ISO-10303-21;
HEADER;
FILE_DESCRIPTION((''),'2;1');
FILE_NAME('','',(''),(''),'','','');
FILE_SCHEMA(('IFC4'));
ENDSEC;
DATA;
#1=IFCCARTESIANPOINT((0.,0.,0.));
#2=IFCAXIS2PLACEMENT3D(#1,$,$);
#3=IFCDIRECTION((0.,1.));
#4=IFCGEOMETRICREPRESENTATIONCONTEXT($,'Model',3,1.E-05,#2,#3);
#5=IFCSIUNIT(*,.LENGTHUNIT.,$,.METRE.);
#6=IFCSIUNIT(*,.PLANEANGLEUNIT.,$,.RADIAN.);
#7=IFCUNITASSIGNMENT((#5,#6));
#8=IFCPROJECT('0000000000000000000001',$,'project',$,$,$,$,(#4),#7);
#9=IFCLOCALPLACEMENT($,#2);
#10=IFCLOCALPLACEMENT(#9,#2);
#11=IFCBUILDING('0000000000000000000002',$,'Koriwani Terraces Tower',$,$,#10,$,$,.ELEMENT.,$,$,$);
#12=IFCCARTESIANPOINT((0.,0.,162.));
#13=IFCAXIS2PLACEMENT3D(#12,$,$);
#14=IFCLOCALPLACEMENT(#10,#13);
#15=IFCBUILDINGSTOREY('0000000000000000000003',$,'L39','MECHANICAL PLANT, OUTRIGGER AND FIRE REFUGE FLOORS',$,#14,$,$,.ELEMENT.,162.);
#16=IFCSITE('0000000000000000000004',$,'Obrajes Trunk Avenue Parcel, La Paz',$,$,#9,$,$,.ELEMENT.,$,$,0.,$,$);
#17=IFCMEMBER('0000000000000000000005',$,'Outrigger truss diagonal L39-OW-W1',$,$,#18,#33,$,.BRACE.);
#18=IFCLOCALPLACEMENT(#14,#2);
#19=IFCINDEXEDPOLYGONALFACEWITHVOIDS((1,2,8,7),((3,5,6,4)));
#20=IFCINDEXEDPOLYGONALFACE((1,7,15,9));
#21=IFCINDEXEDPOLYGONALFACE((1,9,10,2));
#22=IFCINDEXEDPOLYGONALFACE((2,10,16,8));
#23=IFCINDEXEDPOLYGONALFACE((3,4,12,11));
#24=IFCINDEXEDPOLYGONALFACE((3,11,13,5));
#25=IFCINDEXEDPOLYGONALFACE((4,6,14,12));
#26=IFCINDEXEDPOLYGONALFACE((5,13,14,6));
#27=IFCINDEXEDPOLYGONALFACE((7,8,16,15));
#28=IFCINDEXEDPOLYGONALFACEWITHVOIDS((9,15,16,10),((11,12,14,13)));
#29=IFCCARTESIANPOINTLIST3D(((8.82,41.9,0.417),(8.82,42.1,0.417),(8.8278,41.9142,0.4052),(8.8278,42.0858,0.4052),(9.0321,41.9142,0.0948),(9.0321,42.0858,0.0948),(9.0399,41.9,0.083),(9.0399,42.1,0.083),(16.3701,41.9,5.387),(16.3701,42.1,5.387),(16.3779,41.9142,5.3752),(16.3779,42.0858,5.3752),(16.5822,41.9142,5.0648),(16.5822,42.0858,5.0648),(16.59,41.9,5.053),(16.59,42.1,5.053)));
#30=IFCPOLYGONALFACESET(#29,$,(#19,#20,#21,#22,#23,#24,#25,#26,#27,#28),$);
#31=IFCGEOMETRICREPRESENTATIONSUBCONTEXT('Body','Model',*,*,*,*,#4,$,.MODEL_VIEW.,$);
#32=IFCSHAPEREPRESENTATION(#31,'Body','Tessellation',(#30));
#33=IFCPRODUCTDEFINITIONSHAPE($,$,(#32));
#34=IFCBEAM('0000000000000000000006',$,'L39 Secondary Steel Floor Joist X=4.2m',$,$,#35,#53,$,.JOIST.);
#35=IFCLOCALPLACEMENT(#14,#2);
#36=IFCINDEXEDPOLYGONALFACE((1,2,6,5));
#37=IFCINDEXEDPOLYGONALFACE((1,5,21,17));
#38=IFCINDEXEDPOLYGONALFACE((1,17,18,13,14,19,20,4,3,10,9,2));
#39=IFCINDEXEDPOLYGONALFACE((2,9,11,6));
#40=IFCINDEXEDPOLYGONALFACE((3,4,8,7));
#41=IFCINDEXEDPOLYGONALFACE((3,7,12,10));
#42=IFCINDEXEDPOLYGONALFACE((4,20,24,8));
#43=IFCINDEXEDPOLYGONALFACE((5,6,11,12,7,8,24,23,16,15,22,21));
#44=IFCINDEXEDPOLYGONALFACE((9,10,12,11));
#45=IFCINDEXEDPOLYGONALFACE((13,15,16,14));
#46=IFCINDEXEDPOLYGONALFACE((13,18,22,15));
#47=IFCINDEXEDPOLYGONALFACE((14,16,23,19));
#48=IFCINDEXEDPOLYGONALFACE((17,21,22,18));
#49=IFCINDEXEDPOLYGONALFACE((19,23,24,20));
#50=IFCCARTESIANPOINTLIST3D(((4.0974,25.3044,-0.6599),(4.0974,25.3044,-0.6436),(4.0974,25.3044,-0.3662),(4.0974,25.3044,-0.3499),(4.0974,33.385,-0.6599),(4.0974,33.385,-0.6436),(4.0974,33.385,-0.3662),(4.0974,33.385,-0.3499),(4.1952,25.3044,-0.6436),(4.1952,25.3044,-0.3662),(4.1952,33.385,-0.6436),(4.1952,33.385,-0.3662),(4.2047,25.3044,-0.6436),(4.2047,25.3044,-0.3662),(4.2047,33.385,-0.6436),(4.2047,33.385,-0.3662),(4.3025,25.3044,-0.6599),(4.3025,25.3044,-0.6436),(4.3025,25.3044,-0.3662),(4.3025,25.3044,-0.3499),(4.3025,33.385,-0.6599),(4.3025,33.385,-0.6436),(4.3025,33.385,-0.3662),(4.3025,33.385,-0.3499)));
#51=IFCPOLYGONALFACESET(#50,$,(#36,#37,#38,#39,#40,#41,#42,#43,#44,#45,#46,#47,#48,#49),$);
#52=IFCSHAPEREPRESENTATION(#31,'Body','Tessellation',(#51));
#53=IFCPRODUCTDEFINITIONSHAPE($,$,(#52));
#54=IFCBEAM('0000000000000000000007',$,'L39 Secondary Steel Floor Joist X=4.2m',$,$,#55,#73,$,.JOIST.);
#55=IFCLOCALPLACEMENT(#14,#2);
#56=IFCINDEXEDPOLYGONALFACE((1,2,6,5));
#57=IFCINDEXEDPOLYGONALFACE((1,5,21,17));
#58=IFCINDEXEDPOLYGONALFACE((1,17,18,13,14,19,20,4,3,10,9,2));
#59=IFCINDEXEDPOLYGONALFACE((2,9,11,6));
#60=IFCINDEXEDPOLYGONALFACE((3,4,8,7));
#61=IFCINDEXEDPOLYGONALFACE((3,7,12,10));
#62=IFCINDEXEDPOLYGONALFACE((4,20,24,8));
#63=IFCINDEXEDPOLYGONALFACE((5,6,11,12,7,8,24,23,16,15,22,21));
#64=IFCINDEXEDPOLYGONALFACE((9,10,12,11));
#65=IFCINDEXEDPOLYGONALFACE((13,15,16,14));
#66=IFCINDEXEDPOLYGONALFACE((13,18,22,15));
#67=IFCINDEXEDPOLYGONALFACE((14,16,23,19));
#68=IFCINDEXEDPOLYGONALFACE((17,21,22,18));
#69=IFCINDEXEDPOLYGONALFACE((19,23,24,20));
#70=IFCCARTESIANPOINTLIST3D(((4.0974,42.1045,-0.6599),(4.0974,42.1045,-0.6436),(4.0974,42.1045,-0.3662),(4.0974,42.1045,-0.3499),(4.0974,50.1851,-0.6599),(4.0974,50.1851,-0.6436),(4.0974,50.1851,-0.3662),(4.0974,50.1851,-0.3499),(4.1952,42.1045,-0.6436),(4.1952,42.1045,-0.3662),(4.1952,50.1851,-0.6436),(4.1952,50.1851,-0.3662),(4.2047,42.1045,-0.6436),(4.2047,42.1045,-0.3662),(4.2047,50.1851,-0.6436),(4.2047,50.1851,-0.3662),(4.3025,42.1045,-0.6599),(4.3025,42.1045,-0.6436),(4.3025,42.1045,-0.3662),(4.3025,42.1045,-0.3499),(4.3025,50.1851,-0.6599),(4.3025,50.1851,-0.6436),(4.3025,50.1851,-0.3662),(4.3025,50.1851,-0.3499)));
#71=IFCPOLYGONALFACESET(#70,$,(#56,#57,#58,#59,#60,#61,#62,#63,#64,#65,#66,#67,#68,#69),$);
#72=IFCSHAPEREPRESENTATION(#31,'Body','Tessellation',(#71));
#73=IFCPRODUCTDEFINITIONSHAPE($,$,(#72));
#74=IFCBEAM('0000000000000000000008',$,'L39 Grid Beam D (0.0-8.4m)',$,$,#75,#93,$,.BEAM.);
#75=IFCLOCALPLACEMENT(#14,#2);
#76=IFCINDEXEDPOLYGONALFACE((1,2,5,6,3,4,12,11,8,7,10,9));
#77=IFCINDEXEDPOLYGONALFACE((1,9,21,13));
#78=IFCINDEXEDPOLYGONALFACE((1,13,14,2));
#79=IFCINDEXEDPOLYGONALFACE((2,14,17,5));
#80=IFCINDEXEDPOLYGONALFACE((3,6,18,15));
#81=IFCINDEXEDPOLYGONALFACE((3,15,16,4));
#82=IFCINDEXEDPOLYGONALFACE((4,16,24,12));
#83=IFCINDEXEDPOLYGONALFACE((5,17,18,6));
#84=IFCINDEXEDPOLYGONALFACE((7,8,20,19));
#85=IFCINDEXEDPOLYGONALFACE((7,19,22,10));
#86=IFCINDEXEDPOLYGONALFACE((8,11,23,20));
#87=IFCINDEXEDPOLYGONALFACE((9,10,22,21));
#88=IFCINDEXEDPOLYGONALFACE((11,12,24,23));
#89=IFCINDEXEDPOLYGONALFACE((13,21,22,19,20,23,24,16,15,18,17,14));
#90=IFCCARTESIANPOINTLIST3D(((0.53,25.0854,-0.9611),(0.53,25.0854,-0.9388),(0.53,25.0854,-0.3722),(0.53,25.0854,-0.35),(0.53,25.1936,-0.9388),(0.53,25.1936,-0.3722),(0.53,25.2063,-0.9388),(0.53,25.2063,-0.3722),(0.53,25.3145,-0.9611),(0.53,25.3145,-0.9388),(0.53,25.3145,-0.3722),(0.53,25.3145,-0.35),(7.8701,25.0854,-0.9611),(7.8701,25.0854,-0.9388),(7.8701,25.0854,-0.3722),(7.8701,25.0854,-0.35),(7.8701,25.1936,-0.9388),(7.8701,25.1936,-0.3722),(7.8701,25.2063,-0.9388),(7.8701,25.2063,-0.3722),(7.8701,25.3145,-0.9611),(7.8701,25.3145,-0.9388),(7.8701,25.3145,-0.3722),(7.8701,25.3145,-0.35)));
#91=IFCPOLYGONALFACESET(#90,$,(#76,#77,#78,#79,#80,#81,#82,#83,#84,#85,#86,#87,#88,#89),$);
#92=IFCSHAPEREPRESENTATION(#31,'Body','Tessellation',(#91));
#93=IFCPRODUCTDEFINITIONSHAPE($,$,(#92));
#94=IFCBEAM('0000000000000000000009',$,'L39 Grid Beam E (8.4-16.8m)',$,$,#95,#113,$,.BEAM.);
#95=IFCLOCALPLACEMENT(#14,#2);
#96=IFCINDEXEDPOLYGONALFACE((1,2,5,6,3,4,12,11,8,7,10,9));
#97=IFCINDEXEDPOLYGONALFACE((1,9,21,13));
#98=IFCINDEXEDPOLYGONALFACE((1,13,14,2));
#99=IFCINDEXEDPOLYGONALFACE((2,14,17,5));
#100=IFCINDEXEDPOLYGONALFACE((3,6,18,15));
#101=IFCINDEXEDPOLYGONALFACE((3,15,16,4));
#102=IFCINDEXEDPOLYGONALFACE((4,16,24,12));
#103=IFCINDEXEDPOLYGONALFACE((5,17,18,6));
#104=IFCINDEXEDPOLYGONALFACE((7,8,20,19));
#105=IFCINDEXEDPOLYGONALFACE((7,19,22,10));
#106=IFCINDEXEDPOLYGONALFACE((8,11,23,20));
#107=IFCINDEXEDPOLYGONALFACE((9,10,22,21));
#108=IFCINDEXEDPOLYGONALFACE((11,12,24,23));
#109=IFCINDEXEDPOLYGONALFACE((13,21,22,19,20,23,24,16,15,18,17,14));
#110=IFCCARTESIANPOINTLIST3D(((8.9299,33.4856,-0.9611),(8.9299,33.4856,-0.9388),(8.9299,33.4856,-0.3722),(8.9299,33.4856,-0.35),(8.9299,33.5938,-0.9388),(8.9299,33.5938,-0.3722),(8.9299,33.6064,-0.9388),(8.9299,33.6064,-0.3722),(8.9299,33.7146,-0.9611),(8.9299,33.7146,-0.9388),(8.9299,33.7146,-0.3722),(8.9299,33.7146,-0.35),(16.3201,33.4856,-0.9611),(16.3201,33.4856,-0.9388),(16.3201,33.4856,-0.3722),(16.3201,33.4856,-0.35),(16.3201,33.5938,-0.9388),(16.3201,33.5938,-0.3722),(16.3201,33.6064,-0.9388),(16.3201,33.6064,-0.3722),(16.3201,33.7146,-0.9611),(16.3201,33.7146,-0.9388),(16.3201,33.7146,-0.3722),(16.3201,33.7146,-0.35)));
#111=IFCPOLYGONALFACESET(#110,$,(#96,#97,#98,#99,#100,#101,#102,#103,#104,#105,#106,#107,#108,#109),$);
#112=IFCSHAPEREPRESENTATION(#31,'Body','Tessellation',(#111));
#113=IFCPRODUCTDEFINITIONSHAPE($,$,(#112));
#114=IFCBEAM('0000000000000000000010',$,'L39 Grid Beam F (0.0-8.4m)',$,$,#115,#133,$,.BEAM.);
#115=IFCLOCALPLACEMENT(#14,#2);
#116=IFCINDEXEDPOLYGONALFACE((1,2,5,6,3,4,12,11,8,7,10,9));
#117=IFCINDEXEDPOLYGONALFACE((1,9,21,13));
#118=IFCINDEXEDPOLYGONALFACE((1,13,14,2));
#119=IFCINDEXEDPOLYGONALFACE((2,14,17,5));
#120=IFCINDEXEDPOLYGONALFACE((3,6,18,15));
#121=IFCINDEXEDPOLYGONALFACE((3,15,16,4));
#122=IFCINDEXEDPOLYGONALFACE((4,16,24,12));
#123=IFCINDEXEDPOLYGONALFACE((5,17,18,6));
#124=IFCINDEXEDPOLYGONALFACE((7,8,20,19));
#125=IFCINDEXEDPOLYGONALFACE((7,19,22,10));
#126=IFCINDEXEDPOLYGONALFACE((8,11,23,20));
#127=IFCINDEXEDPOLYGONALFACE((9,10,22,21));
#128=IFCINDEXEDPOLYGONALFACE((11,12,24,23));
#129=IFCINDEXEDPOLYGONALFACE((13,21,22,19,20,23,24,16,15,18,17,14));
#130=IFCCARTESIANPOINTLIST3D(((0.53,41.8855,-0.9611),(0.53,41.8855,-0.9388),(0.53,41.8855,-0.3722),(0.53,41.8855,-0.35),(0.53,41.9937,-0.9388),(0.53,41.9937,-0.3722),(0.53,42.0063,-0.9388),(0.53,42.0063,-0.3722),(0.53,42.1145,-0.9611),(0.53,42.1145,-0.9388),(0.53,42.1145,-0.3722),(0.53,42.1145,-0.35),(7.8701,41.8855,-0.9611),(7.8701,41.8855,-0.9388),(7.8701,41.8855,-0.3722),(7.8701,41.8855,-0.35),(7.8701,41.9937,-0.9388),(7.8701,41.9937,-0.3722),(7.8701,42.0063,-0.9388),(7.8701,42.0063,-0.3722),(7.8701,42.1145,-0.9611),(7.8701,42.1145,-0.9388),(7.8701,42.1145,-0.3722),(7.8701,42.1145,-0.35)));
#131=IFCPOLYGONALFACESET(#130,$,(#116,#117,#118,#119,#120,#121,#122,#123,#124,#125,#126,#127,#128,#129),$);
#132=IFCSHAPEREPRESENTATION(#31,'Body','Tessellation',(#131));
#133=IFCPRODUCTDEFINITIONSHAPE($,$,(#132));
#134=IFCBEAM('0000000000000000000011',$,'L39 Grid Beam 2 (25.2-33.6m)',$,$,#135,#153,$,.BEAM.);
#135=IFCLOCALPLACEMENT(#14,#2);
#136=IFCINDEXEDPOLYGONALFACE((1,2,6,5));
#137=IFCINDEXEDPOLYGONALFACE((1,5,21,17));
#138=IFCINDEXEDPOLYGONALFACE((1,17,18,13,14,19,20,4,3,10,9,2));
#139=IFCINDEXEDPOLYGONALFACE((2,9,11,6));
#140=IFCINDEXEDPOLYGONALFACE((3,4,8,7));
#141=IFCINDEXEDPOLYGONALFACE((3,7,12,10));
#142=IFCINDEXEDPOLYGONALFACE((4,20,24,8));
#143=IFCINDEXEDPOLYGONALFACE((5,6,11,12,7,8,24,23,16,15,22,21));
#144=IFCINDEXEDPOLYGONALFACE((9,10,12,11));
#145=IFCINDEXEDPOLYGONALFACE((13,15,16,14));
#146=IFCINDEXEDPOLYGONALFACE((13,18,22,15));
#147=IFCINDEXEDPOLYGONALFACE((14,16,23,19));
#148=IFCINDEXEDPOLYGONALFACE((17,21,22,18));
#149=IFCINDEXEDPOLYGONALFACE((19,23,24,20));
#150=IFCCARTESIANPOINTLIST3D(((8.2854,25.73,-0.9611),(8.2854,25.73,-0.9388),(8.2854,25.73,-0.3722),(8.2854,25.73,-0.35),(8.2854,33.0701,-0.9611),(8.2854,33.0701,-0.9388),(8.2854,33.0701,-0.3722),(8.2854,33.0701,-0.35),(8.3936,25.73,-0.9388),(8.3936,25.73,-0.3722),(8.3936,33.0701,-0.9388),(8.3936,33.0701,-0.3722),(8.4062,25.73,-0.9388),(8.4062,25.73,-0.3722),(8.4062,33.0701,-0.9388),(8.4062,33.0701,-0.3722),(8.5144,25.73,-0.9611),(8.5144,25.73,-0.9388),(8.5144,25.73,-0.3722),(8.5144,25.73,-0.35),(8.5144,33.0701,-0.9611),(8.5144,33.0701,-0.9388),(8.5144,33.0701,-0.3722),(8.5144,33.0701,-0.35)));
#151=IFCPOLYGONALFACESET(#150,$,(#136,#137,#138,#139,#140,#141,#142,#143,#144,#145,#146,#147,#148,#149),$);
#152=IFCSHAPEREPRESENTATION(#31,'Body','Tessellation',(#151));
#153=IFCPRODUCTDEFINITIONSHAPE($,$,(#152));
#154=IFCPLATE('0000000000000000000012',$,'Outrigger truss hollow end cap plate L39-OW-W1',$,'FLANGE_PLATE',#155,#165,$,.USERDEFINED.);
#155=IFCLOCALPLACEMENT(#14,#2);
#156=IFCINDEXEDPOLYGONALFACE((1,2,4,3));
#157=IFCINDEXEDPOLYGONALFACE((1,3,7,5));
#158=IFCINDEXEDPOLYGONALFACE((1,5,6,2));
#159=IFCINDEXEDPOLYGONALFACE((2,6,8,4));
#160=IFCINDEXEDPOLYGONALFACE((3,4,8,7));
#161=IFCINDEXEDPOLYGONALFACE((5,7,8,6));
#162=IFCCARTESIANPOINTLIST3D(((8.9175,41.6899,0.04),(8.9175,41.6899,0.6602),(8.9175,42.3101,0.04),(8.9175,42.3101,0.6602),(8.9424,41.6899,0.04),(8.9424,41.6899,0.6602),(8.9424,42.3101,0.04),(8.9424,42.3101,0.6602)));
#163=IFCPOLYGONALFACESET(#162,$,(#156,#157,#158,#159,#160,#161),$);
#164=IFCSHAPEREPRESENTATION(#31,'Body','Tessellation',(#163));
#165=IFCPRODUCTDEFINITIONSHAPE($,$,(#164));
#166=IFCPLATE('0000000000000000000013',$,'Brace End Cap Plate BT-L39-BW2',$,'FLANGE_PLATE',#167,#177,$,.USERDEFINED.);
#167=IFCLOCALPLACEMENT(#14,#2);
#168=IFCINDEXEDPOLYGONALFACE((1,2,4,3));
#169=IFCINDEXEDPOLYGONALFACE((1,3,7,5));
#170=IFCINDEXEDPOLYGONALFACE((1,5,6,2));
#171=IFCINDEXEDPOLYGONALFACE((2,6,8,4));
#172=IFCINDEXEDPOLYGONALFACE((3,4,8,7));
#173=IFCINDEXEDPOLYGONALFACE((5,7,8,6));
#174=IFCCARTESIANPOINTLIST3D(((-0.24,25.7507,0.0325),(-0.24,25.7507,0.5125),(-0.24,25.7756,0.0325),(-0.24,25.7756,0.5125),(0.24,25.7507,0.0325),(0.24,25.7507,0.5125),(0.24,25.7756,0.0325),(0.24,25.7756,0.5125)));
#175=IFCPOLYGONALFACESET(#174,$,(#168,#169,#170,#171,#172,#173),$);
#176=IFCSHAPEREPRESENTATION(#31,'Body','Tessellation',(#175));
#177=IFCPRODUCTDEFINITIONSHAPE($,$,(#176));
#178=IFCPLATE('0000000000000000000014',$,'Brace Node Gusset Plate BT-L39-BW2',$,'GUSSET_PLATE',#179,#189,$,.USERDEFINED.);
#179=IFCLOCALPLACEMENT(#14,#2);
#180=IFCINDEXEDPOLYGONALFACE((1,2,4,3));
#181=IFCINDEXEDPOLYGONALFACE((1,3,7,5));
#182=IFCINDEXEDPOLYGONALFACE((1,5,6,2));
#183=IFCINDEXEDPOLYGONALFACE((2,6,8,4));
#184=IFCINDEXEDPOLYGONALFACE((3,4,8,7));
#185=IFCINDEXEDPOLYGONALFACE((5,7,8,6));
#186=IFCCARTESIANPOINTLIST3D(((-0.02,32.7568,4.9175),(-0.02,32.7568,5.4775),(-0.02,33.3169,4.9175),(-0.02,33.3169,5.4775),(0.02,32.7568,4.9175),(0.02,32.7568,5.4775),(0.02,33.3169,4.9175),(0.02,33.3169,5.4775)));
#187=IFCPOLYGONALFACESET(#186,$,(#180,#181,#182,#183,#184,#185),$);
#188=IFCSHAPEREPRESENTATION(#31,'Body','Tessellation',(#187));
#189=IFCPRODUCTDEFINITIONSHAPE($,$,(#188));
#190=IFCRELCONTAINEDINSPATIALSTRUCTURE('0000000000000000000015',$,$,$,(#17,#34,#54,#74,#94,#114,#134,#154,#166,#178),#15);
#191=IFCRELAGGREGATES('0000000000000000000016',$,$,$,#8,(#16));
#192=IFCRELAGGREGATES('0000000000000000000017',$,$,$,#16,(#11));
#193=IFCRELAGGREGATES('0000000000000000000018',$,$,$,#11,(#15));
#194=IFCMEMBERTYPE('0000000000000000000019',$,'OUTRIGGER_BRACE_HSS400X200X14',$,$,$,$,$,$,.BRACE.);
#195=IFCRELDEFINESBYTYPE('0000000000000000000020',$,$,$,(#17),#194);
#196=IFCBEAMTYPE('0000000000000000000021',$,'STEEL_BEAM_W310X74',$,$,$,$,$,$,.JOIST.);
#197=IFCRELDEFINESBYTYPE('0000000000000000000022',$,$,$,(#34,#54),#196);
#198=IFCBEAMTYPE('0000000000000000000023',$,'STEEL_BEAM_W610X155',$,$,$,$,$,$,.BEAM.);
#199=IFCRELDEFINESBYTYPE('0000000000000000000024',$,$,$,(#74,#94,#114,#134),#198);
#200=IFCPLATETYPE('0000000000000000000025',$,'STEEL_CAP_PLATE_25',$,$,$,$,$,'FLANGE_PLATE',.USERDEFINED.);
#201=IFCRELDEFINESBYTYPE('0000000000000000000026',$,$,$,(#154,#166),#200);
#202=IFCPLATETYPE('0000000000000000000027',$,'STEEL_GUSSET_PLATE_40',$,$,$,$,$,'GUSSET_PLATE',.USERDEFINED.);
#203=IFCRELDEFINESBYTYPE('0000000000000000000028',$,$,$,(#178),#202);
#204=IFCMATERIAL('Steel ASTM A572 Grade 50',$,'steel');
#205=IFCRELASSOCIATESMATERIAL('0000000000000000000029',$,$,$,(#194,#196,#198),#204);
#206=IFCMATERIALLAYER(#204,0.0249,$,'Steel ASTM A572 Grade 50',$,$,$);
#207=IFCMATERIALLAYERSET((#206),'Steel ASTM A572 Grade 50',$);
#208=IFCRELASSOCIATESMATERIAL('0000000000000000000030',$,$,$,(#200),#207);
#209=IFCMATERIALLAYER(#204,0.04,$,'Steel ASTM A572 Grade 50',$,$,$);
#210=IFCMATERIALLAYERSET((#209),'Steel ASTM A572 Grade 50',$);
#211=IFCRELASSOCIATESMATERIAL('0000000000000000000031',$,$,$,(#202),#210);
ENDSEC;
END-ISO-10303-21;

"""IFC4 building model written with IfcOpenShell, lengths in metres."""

from ifc_helpers import new_model, si_unit, direction, frame, origin, origin_2d, place, context, subcontext, project, spatial, rectangle, hollow_rectangle, i_section, extrude, material, layer, layer_set, material_profile, profile_set, type_object, element, save


model = new_model("IFC4")

# Units and contexts
model_context = context("Model", 3, precision=1e-05, world=origin(), true_north=direction((0.0, 1.0)))
body_context = subcontext(model_context, "Body", "Model", "MODEL_VIEW")
ifc_project = project(units=[si_unit("LENGTHUNIT", "METRE"), si_unit("PLANEANGLEUNIT", "RADIAN")], contexts=[model_context])

# Site, building, storey
site_placement = place(None, origin())
site = spatial("IfcSite", under=ifc_project, at=site_placement, Name="Obrajes Trunk Avenue Parcel, La Paz", CompositionType="ELEMENT", RefElevation=0.0)
building_placement = place(site_placement, origin())
building = spatial("IfcBuilding", under=site, at=building_placement, Name="Koriwani Terraces Tower", CompositionType="ELEMENT")
storey_placement = place(building_placement, frame((0.0, 0.0, 162.0)))
storey = spatial("IfcBuildingStorey", under=building, at=storey_placement, Name="L39", Description="MECHANICAL PLANT, OUTRIGGER AND FIRE REFUGE FLOORS", CompositionType="ELEMENT", Elevation=162.0)

# Member
ifc_material_1 = material(Name="Steel ASTM A572 Grade 50", Category="steel")
ifc_material_profile_1 = material_profile(ifc_material_1, hollow_rectangle(XDim=0.2, YDim=0.3999, WallThickness=0.0142, at=origin_2d()), Name="Steel ASTM A572 Grade 50", Category="LoadBearing")
ifc_profile_set_1 = profile_set([ifc_material_profile_1], Name="Steel ASTM A572 Grade 50")
member_type_1 = type_object("IfcMemberType", Name="OUTRIGGER_BRACE_HSS400X200X14", PredefinedType="BRACE", material=ifc_profile_set_1)
member_1_placement = place(storey_placement, frame((8.9299, 42.0, 0.25), z_axis=(0.835273, 0.0, 0.549835), x_axis=(0.0, 1.0, 0.0)))
element("IfcMember", 1, at=member_1_placement, inside=storey, type_object=member_type_1, Name="Outrigger truss diagonal L39-OW-W1", PredefinedType="BRACE", context=body_context, shape_type="SweptSolid", body=[
    extrude(hollow_rectangle(XDim=0.2, YDim=0.3999, WallThickness=0.0142, at=origin_2d()), origin(), (0.0, 0.0, 1.0), 9.0391),
])

# Beams
ifc_material_profile_2 = material_profile(ifc_material_1, i_section(OverallWidth=0.2051, OverallDepth=0.3101, WebThickness=0.0095, FlangeThickness=0.0164, at=origin_2d()), Name="Steel ASTM A572 Grade 50", Category="LoadBearing")
ifc_profile_set_2 = profile_set([ifc_material_profile_2], Name="Steel ASTM A572 Grade 50")
beam_type_1 = type_object("IfcBeamType", Name="STEEL_BEAM_W310X74", PredefinedType="JOIST", material=ifc_profile_set_2)
for number, where, z_axis, x_axis, name in (
    (2, (4.2, 25.3044, -0.5049), (0.0, 1.0, 0.0), (-1.0, 0.0, 0.0), "L39 Secondary Steel Floor Joist X=4.2m"),
    (3, (4.2, 42.1045, -0.5049), (0.0, 1.0, 0.0), (-1.0, 0.0, 0.0), "L39 Secondary Steel Floor Joist X=4.2m"),
):
    element("IfcBeam", number, at=place(storey_placement, frame(where, z_axis=z_axis, x_axis=x_axis)), inside=storey, type_object=beam_type_1, Name=name, PredefinedType="JOIST", context=body_context, shape_type="SweptSolid", body=[
        extrude(i_section(OverallWidth=0.2051, OverallDepth=0.3101, WebThickness=0.0095, FlangeThickness=0.0164, at=origin_2d()), origin(), (0.0, 0.0, 1.0), 8.0806),
    ])
ifc_material_profile_3 = material_profile(ifc_material_1, i_section(OverallWidth=0.229, OverallDepth=0.6111, WebThickness=0.0127, FlangeThickness=0.0222, at=origin_2d()), Name="Steel ASTM A572 Grade 50", Category="LoadBearing")
ifc_profile_set_3 = profile_set([ifc_material_profile_3], Name="Steel ASTM A572 Grade 50")
beam_type_2 = type_object("IfcBeamType", Name="STEEL_BEAM_W610X155", PredefinedType="BEAM", material=ifc_profile_set_3)
beam_1_placement = place(storey_placement, frame((0.53, 25.2, -0.6555), z_axis=(1.0, 0.0, 0.0), x_axis=(0.0, 1.0, 0.0)))
element("IfcBeam", 4, at=beam_1_placement, inside=storey, type_object=beam_type_2, Name="L39 Grid Beam D (0.0-8.4m)", PredefinedType="BEAM", context=body_context, shape_type="SweptSolid", body=[
    extrude(i_section(OverallWidth=0.229, OverallDepth=0.6111, WebThickness=0.0127, FlangeThickness=0.0222, at=origin_2d()), origin(), (0.0, 0.0, 1.0), 7.3401),
])
beam_2_placement = place(storey_placement, frame((8.9299, 33.6001, -0.6555), z_axis=(1.0, 0.0, 0.0), x_axis=(0.0, 1.0, 0.0)))
element("IfcBeam", 5, at=beam_2_placement, inside=storey, type_object=beam_type_2, Name="L39 Grid Beam E (8.4-16.8m)", PredefinedType="BEAM", context=body_context, shape_type="SweptSolid", body=[
    extrude(i_section(OverallWidth=0.229, OverallDepth=0.6111, WebThickness=0.0127, FlangeThickness=0.0222, at=origin_2d()), origin(), (0.0, 0.0, 1.0), 7.3901),
])
for number, where, z_axis, x_axis, name in (
    (6, (0.53, 42.0, -0.6555), (1.0, 0.0, 0.0), (0.0, 1.0, 0.0), "L39 Grid Beam F (0.0-8.4m)"),
    (7, (8.3999, 25.73, -0.6555), (0.0, 1.0, 0.0), (-1.0, 0.0, 0.0), "L39 Grid Beam 2 (25.2-33.6m)"),
):
    element("IfcBeam", number, at=place(storey_placement, frame(where, z_axis=z_axis, x_axis=x_axis)), inside=storey, type_object=beam_type_2, Name=name, PredefinedType="BEAM", context=body_context, shape_type="SweptSolid", body=[
        extrude(i_section(OverallWidth=0.229, OverallDepth=0.6111, WebThickness=0.0127, FlangeThickness=0.0222, at=origin_2d()), origin(), (0.0, 0.0, 1.0), 7.3401),
    ])

# Plates
ifc_layer_1 = layer(ifc_material_1, 0.0249, Name="Steel ASTM A572 Grade 50")
ifc_layer_set_1 = layer_set([ifc_layer_1], Name="Steel ASTM A572 Grade 50")
plate_type_1 = type_object("IfcPlateType", Name="STEEL_CAP_PLATE_25", ElementType="FLANGE_PLATE", PredefinedType="USERDEFINED", material=ifc_layer_set_1)
plate_1_placement = place(storey_placement, frame((8.9299, 42.0, 0.04), z_axis=(0.0, 0.0, 1.0), x_axis=(1.0, 0.0, 0.0)))
element("IfcPlate", 8, at=plate_1_placement, inside=storey, type_object=plate_type_1, Name="Outrigger truss hollow end cap plate L39-OW-W1", ObjectType="FLANGE_PLATE", PredefinedType="USERDEFINED", context=body_context, shape_type="SweptSolid", body=[
    extrude(rectangle(XDim=0.0249, YDim=0.6201, at=origin_2d()), origin(), (0.0, 0.0, 1.0), 0.6201),
])
plate_2_placement = place(storey_placement, frame((0.0, 25.7632, 0.0325), z_axis=(0.0, 0.0, 1.0), x_axis=(0.0, 1.0, 0.0)))
element("IfcPlate", 9, at=plate_2_placement, inside=storey, type_object=plate_type_1, Name="Brace End Cap Plate BT-L39-BW2", ObjectType="FLANGE_PLATE", PredefinedType="USERDEFINED", context=body_context, shape_type="SweptSolid", body=[
    extrude(rectangle(XDim=0.0249, YDim=0.48, at=origin_2d()), origin(), (0.0, 0.0, 1.0), 0.48),
])
ifc_layer_2 = layer(ifc_material_1, 0.04, Name="Steel ASTM A572 Grade 50")
ifc_layer_set_2 = layer_set([ifc_layer_2], Name="Steel ASTM A572 Grade 50")
plate_type_2 = type_object("IfcPlateType", Name="STEEL_GUSSET_PLATE_40", ElementType="GUSSET_PLATE", PredefinedType="USERDEFINED", material=ifc_layer_set_2)
plate_3_placement = place(storey_placement, frame((0.0, 33.0369, 4.9175), z_axis=(0.0, 0.0, 1.0), x_axis=(0.0, 1.0, 0.0)))
element("IfcPlate", 10, at=plate_3_placement, inside=storey, type_object=plate_type_2, Name="Brace Node Gusset Plate BT-L39-BW2", ObjectType="GUSSET_PLATE", PredefinedType="USERDEFINED", context=body_context, shape_type="SweptSolid", body=[
    extrude(rectangle(XDim=0.5601, YDim=0.04, at=origin_2d()), origin(), (0.0, 0.0, 1.0), 0.5601),
])

save(model, "model.ifc")
